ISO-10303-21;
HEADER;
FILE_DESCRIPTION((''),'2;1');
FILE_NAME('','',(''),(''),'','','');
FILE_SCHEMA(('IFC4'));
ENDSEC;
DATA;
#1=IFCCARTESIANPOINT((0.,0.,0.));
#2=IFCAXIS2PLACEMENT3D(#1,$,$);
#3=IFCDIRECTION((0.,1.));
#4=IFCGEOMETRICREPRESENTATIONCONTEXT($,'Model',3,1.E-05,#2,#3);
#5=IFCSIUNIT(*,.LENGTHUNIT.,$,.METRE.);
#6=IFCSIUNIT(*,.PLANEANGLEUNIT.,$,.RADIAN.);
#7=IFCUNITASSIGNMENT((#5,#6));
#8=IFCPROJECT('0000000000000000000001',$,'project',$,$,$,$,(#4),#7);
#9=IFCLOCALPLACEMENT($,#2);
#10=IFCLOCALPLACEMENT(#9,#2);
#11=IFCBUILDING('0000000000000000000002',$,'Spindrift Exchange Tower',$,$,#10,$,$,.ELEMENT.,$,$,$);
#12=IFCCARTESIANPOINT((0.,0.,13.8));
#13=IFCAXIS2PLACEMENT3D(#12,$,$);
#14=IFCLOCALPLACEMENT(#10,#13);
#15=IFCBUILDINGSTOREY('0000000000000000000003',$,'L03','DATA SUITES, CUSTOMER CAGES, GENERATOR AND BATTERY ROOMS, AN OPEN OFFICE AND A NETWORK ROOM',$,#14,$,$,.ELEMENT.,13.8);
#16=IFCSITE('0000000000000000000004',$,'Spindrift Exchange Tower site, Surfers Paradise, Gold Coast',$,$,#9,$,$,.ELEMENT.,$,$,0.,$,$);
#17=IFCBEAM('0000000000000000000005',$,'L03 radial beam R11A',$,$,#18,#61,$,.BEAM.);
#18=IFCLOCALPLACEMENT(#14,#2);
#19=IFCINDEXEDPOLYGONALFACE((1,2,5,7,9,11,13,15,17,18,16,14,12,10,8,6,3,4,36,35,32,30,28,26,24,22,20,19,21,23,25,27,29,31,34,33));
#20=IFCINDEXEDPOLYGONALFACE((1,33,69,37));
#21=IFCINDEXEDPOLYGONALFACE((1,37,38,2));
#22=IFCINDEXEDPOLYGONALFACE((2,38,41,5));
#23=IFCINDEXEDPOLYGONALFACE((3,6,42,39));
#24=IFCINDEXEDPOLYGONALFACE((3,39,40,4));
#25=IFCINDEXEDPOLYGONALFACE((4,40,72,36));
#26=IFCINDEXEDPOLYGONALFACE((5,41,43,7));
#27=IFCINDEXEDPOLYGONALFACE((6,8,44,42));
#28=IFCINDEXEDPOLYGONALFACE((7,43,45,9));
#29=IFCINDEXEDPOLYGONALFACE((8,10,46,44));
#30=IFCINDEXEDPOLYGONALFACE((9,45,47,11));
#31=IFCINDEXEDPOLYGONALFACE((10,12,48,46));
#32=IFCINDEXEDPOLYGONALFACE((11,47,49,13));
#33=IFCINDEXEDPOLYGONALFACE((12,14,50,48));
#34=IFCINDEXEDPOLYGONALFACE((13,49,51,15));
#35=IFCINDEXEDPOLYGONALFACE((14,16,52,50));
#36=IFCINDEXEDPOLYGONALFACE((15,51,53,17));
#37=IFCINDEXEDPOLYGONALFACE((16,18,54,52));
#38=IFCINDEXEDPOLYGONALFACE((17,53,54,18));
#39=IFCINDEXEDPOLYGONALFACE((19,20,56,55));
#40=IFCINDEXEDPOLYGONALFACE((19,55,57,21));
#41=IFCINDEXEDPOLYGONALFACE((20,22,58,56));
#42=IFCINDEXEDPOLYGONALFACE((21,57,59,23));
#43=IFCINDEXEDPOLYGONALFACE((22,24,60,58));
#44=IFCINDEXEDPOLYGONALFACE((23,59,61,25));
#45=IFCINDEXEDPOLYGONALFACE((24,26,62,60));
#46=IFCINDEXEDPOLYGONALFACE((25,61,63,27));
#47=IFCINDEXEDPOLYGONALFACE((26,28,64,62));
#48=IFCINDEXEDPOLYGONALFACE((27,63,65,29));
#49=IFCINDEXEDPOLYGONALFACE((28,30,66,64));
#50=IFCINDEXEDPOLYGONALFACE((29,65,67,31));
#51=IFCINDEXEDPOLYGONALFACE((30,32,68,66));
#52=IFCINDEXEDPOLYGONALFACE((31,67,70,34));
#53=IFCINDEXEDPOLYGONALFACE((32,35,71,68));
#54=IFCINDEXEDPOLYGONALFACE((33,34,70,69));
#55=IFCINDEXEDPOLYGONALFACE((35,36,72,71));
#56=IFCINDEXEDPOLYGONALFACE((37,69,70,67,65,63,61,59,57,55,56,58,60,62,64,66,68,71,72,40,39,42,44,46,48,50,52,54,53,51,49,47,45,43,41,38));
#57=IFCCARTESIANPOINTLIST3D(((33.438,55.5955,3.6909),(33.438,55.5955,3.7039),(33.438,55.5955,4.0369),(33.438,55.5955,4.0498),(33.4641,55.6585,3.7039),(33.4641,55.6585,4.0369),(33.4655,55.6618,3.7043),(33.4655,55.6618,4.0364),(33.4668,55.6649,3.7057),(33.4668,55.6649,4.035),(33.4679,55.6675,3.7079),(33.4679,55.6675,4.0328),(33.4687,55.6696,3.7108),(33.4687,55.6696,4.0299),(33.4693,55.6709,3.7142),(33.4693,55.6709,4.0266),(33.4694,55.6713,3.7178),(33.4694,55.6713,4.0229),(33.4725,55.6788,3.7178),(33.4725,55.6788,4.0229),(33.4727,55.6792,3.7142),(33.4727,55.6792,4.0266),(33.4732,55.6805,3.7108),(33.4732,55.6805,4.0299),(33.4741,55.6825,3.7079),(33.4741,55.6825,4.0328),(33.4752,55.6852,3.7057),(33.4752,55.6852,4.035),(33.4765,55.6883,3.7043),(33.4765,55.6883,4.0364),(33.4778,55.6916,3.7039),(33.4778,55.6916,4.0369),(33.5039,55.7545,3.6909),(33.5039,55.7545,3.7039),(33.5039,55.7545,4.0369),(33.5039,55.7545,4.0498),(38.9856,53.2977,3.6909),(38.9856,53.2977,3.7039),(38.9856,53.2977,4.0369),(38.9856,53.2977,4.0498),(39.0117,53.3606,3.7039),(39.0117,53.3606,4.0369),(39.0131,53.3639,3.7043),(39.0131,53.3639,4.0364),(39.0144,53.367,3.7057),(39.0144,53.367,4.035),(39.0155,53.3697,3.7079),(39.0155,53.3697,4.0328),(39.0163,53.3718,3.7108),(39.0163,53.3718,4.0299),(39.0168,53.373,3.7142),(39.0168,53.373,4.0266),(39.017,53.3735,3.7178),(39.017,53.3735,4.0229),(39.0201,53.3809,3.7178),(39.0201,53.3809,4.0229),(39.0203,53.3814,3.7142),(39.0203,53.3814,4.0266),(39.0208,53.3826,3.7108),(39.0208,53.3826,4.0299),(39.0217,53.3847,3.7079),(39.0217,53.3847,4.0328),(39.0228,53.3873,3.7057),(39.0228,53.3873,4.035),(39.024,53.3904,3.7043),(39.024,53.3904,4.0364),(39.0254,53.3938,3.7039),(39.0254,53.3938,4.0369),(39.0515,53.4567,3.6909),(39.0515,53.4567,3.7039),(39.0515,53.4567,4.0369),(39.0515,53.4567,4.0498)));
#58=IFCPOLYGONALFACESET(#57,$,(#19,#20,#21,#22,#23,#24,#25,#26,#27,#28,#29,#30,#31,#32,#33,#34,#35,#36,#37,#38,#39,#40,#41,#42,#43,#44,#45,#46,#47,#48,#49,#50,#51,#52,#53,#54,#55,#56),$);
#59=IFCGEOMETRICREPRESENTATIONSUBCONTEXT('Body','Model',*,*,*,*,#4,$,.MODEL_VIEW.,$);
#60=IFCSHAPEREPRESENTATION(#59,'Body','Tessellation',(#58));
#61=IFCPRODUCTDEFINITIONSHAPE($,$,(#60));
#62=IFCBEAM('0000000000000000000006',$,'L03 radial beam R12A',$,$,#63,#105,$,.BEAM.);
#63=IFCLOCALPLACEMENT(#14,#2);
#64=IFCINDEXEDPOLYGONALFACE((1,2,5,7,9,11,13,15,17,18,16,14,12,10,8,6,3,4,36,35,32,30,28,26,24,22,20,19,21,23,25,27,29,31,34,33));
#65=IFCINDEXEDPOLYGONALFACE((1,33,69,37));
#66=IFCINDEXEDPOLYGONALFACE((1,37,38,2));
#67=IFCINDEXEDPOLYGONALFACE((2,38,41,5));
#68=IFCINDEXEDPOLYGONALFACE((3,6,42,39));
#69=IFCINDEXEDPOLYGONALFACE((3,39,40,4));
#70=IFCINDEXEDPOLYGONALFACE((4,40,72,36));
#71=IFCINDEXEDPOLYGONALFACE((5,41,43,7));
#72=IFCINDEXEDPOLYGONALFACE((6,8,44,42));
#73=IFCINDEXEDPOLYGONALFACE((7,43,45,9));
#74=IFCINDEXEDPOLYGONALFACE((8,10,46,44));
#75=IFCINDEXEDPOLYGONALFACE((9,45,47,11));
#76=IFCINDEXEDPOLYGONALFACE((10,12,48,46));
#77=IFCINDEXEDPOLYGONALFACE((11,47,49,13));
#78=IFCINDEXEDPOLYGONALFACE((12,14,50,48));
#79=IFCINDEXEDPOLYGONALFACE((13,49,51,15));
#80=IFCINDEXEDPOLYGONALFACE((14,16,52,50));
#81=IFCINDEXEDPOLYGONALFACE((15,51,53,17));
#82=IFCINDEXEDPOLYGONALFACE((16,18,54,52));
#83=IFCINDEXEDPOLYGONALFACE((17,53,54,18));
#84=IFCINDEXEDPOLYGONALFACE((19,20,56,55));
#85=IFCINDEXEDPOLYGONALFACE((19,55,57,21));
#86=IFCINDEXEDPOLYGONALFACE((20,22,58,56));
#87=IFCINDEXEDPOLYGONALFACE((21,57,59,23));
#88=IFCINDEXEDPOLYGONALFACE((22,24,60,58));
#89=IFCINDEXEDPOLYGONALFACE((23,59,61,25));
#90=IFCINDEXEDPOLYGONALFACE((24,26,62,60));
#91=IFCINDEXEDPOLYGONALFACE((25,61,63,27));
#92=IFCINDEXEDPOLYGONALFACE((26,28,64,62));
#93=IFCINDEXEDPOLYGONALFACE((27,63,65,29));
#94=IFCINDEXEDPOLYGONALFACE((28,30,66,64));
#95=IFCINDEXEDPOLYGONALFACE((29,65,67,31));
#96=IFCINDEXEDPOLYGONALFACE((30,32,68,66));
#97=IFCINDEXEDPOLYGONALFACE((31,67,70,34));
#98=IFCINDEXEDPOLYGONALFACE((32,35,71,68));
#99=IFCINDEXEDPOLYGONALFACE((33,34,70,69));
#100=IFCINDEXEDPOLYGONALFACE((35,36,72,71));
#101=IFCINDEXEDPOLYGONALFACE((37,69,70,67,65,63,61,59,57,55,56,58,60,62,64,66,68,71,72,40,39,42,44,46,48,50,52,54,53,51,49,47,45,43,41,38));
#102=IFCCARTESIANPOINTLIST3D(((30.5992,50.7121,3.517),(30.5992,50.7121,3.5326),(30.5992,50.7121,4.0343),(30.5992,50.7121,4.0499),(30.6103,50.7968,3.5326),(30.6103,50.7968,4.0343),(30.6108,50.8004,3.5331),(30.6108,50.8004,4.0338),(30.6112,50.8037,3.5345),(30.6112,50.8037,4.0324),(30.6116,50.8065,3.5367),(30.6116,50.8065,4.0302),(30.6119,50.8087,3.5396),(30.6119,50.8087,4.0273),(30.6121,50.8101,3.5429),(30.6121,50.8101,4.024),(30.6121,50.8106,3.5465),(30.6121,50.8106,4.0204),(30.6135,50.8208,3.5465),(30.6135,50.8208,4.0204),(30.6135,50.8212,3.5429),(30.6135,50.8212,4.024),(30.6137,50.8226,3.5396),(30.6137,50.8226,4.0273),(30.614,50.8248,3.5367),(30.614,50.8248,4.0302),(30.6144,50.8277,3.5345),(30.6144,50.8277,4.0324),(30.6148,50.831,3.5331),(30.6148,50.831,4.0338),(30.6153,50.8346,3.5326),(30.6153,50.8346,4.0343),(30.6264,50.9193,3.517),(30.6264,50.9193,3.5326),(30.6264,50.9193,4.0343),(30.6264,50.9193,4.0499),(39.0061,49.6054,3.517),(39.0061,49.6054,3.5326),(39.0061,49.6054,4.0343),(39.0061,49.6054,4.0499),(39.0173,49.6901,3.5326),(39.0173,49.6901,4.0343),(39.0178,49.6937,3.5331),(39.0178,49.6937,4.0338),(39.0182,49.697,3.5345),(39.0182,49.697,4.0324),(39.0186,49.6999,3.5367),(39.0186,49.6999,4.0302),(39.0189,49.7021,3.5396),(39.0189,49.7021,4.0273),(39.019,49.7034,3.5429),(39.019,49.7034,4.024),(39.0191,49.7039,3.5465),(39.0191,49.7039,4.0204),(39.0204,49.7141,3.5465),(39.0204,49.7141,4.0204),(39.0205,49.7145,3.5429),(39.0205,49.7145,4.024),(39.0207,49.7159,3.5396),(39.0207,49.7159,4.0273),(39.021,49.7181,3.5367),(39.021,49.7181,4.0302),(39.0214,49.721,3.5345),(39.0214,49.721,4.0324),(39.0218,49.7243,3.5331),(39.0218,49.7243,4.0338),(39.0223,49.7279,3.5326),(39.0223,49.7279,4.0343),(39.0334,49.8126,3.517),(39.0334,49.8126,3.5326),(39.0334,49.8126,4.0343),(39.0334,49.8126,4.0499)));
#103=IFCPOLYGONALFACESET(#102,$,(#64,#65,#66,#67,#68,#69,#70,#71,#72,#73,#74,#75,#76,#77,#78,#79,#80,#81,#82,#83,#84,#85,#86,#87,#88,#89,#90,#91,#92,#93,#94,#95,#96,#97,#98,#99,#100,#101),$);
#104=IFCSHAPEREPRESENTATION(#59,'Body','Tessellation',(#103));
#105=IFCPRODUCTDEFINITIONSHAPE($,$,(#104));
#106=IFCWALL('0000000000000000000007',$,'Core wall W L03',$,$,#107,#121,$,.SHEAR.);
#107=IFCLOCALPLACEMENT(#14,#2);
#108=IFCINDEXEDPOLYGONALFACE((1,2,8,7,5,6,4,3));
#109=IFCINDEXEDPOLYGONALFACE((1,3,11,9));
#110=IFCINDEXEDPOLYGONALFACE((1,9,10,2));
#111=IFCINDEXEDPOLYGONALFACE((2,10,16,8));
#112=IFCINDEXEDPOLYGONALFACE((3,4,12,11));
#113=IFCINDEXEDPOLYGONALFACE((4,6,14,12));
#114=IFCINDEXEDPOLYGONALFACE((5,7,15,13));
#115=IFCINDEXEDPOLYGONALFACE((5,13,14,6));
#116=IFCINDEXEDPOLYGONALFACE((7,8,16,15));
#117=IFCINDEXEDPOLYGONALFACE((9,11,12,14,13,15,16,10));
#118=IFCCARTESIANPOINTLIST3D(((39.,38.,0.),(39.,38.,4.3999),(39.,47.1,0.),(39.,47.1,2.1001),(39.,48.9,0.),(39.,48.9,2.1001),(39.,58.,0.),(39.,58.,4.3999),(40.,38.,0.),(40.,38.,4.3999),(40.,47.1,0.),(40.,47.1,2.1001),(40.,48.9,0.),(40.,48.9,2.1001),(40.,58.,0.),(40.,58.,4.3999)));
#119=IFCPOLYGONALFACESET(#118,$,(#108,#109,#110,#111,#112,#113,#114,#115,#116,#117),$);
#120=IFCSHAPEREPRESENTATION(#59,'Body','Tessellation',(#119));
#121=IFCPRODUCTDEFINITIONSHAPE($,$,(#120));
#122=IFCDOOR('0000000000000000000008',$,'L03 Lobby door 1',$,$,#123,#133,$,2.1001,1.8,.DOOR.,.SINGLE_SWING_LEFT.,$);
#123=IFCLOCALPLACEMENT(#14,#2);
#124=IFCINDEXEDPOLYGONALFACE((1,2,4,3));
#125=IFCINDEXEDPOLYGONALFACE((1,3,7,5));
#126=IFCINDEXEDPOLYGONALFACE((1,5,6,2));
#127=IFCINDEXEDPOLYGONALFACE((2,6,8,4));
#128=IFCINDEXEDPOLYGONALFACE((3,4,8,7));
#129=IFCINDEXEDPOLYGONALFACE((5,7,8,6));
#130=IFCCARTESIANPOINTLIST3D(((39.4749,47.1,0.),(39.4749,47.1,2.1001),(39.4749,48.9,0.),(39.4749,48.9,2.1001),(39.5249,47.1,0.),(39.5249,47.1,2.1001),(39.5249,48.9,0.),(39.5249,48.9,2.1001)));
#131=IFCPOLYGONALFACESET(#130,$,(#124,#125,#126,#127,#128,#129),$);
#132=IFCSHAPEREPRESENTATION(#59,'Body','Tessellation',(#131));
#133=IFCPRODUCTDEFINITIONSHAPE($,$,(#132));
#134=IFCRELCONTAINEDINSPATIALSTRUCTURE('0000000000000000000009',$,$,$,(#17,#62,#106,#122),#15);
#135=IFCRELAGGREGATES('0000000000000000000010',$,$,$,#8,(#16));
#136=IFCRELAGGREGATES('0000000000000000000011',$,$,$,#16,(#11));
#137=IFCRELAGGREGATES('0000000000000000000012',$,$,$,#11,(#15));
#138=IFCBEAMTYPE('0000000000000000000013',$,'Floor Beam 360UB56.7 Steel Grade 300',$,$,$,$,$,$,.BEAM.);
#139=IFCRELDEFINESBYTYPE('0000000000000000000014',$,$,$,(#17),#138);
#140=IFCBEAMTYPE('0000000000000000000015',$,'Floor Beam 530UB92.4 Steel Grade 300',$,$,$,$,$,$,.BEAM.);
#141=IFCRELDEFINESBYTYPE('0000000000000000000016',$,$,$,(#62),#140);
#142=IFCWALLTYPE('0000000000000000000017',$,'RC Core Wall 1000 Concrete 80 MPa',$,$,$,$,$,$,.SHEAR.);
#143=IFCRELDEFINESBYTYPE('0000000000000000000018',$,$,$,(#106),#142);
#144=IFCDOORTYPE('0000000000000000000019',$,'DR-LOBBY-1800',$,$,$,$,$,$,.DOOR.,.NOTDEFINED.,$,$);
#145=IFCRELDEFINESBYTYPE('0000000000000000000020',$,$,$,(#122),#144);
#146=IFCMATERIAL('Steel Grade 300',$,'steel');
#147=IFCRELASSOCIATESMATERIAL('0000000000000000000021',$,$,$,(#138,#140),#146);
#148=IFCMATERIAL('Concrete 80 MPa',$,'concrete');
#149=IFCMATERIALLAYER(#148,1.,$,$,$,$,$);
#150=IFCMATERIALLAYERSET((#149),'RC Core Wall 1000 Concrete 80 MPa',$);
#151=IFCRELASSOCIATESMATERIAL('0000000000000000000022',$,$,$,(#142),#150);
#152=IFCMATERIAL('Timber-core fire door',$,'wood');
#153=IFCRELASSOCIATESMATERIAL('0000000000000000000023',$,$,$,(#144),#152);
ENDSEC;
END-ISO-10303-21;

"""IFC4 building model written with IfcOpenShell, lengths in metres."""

from ifc_helpers import new_model, si_unit, direction, frame, frame_2d, origin, origin_2d, place, context, subcontext, project, spatial, rectangle, i_section, extrude, source, transform, mapped, material, layer, layer_set, material_profile, profile_set, type_object, element, fill, save


model = new_model("IFC4")

# Units and contexts
model_context = context("Model", 3, precision=1e-05, world=origin(), true_north=direction((0.0, 1.0)))
body_context = subcontext(model_context, "Body", "Model", "MODEL_VIEW")
ifc_project = project(units=[si_unit("LENGTHUNIT", "METRE"), si_unit("PLANEANGLEUNIT", "RADIAN")], contexts=[model_context])

# Site, building, storey
site_placement = place(None, origin())
site = spatial("IfcSite", under=ifc_project, at=site_placement, Name="Spindrift Exchange Tower site, Surfers Paradise, Gold Coast", CompositionType="ELEMENT", RefElevation=0.0)
building_placement = place(site_placement, origin())
building = spatial("IfcBuilding", under=site, at=building_placement, Name="Spindrift Exchange Tower", CompositionType="ELEMENT")
storey_placement = place(building_placement, frame((0.0, 0.0, 13.8)))
storey = spatial("IfcBuildingStorey", under=building, at=storey_placement, Name="L03", Description="DATA SUITES, CUSTOMER CAGES, GENERATOR AND BATTERY ROOMS, AN OPEN OFFICE AND A NETWORK ROOM", CompositionType="ELEMENT", Elevation=13.8)

# Shared definitions
ifc_material_1 = material(Name="Concrete 80 MPa", Category="concrete")

# Beams
ifc_material_2 = material(Name="Steel Grade 300", Category="steel")
ifc_material_profile_1 = material_profile(ifc_material_2, i_section(OverallWidth=0.1721, OverallDepth=0.3589, WebThickness=0.0081, FlangeThickness=0.0129, FilletRadius=0.0139, at=origin_2d()), Name="360UB56.7")
ifc_profile_set_1 = profile_set([ifc_material_profile_1], Name="Steel Grade 300")
beam_type_1 = type_object("IfcBeamType", Name="Floor Beam 360UB56.7 Steel Grade 300", PredefinedType="BEAM", material=ifc_profile_set_1)
shared_shape_1 = source(origin(), body_context, "Body", "SweptSolid", [
    extrude(i_section(OverallWidth=0.1721, OverallDepth=0.3589, WebThickness=0.0081, FlangeThickness=0.0129, FilletRadius=0.0139, at=origin_2d()), origin(), (0.0, 0.0, 1.0), 6.0046),
])
beam_1_placement = place(storey_placement, frame((39.0186, 53.3772, 3.8704), z_axis=(-0.923882, 0.382677, 0.0), x_axis=(-0.382677, -0.923882, 0.0)))
element("IfcBeam", 1, at=beam_1_placement, inside=storey, type_object=beam_type_1, Name="L03 radial beam R11A", PredefinedType="BEAM", context=body_context, shape_type="MappedRepresentation", body=[
    mapped(shared_shape_1, transform((0.0, 0.0, 0.0), scale=1.0)),
])
ifc_material_profile_2 = material_profile(ifc_material_2, i_section(OverallWidth=0.209, OverallDepth=0.533, WebThickness=0.0103, FlangeThickness=0.0156, FilletRadius=0.0139, at=origin_2d()), Name="530UB92.4")
ifc_profile_set_2 = profile_set([ifc_material_profile_2], Name="Steel Grade 300")
beam_type_2 = type_object("IfcBeamType", Name="Floor Beam 530UB92.4 Steel Grade 300", PredefinedType="BEAM", material=ifc_profile_set_2)
shared_shape_2 = source(origin(), body_context, "Body", "SweptSolid", [
    extrude(i_section(OverallWidth=0.209, OverallDepth=0.533, WebThickness=0.0103, FlangeThickness=0.0156, FilletRadius=0.0139, at=origin_2d()), origin(), (0.0, 0.0, 1.0), 8.4795),
])
beam_2_placement = place(storey_placement, frame((39.0198, 49.709, 3.7834), z_axis=(-0.991447, 0.130513, 0.0), x_axis=(-0.130513, -0.991447, 0.0)))
element("IfcBeam", 2, at=beam_2_placement, inside=storey, type_object=beam_type_2, Name="L03 radial beam R12A", PredefinedType="BEAM", context=body_context, shape_type="MappedRepresentation", body=[
    mapped(shared_shape_2, transform((0.0, 0.0, 0.0), scale=1.0)),
])

# Wall, opening, door
ifc_layer_1 = layer(ifc_material_1, 1.0)
ifc_layer_set_1 = layer_set([ifc_layer_1], Name="RC Core Wall 1000 Concrete 80 MPa")
wall_type_1 = type_object("IfcWallType", Name="RC Core Wall 1000 Concrete 80 MPa", PredefinedType="SHEAR", material=ifc_layer_set_1)
wall_1_placement = place(storey_placement, frame((39.5, 58.0, 0.0), z_axis=(0.0, 0.0, 1.0), x_axis=(0.0, -1.0, 0.0)))
wall_1 = element("IfcWall", 3, at=wall_1_placement, inside=storey, type_object=wall_type_1, Name="Core wall W L03", PredefinedType="SHEAR", context=body_context, shape_type="SweptSolid", body=[
    extrude(rectangle(XDim=20.0, YDim=1.0, at=frame_2d((10.0, 0.0))), origin(), (0.0, 0.0, 1.0), 4.3999),
])
opening_1_placement = place(wall_1_placement, frame((9.1001, 0.0, 0.0)))
opening_1 = element("IfcOpeningElement", 4, at=opening_1_placement, cuts=wall_1, PredefinedType="OPENING", context=body_context, shape_type="SweptSolid", body=[
    extrude(rectangle(XDim=1.8, YDim=2.1001, at=frame_2d((0.8999, 1.05))), frame((0.0, 0.51, 0.0), z_axis=(0.0, -1.0, 0.0), x_axis=(1.0, 0.0, 0.0)), (0.0, 0.0, 1.0), 1.02),
])
ifc_material_3 = material(Name="Timber-core fire door", Category="wood")
door_type_1 = type_object("IfcDoorType", Name="DR-LOBBY-1800", OperationType="NOTDEFINED", PredefinedType="DOOR", material=ifc_material_3)
shared_shape_3 = source(origin(), body_context, "Body", "SweptSolid", [
    extrude(rectangle(XDim=1.8, YDim=2.1001, at=frame_2d((0.8999, 1.05))), frame((0.0, 0.0249, 0.0), z_axis=(0.0, -1.0, 0.0), x_axis=(1.0, 0.0, 0.0)), (0.0, 0.0, 1.0), 0.05),
])
door_1_placement = place(opening_1_placement, origin())
door_1 = element("IfcDoor", 5, at=door_1_placement, inside=storey, type_object=door_type_1, Name="L03 Lobby door 1", OperationType="SINGLE_SWING_LEFT", OverallHeight=2.1001, OverallWidth=1.8, PredefinedType="DOOR", context=body_context, shape_type="MappedRepresentation", body=[
    mapped(shared_shape_3, transform((0.0, 0.0, 0.0), scale=1.0)),
])
fill(opening_1, door_1)

save(model, "model.ifc")
